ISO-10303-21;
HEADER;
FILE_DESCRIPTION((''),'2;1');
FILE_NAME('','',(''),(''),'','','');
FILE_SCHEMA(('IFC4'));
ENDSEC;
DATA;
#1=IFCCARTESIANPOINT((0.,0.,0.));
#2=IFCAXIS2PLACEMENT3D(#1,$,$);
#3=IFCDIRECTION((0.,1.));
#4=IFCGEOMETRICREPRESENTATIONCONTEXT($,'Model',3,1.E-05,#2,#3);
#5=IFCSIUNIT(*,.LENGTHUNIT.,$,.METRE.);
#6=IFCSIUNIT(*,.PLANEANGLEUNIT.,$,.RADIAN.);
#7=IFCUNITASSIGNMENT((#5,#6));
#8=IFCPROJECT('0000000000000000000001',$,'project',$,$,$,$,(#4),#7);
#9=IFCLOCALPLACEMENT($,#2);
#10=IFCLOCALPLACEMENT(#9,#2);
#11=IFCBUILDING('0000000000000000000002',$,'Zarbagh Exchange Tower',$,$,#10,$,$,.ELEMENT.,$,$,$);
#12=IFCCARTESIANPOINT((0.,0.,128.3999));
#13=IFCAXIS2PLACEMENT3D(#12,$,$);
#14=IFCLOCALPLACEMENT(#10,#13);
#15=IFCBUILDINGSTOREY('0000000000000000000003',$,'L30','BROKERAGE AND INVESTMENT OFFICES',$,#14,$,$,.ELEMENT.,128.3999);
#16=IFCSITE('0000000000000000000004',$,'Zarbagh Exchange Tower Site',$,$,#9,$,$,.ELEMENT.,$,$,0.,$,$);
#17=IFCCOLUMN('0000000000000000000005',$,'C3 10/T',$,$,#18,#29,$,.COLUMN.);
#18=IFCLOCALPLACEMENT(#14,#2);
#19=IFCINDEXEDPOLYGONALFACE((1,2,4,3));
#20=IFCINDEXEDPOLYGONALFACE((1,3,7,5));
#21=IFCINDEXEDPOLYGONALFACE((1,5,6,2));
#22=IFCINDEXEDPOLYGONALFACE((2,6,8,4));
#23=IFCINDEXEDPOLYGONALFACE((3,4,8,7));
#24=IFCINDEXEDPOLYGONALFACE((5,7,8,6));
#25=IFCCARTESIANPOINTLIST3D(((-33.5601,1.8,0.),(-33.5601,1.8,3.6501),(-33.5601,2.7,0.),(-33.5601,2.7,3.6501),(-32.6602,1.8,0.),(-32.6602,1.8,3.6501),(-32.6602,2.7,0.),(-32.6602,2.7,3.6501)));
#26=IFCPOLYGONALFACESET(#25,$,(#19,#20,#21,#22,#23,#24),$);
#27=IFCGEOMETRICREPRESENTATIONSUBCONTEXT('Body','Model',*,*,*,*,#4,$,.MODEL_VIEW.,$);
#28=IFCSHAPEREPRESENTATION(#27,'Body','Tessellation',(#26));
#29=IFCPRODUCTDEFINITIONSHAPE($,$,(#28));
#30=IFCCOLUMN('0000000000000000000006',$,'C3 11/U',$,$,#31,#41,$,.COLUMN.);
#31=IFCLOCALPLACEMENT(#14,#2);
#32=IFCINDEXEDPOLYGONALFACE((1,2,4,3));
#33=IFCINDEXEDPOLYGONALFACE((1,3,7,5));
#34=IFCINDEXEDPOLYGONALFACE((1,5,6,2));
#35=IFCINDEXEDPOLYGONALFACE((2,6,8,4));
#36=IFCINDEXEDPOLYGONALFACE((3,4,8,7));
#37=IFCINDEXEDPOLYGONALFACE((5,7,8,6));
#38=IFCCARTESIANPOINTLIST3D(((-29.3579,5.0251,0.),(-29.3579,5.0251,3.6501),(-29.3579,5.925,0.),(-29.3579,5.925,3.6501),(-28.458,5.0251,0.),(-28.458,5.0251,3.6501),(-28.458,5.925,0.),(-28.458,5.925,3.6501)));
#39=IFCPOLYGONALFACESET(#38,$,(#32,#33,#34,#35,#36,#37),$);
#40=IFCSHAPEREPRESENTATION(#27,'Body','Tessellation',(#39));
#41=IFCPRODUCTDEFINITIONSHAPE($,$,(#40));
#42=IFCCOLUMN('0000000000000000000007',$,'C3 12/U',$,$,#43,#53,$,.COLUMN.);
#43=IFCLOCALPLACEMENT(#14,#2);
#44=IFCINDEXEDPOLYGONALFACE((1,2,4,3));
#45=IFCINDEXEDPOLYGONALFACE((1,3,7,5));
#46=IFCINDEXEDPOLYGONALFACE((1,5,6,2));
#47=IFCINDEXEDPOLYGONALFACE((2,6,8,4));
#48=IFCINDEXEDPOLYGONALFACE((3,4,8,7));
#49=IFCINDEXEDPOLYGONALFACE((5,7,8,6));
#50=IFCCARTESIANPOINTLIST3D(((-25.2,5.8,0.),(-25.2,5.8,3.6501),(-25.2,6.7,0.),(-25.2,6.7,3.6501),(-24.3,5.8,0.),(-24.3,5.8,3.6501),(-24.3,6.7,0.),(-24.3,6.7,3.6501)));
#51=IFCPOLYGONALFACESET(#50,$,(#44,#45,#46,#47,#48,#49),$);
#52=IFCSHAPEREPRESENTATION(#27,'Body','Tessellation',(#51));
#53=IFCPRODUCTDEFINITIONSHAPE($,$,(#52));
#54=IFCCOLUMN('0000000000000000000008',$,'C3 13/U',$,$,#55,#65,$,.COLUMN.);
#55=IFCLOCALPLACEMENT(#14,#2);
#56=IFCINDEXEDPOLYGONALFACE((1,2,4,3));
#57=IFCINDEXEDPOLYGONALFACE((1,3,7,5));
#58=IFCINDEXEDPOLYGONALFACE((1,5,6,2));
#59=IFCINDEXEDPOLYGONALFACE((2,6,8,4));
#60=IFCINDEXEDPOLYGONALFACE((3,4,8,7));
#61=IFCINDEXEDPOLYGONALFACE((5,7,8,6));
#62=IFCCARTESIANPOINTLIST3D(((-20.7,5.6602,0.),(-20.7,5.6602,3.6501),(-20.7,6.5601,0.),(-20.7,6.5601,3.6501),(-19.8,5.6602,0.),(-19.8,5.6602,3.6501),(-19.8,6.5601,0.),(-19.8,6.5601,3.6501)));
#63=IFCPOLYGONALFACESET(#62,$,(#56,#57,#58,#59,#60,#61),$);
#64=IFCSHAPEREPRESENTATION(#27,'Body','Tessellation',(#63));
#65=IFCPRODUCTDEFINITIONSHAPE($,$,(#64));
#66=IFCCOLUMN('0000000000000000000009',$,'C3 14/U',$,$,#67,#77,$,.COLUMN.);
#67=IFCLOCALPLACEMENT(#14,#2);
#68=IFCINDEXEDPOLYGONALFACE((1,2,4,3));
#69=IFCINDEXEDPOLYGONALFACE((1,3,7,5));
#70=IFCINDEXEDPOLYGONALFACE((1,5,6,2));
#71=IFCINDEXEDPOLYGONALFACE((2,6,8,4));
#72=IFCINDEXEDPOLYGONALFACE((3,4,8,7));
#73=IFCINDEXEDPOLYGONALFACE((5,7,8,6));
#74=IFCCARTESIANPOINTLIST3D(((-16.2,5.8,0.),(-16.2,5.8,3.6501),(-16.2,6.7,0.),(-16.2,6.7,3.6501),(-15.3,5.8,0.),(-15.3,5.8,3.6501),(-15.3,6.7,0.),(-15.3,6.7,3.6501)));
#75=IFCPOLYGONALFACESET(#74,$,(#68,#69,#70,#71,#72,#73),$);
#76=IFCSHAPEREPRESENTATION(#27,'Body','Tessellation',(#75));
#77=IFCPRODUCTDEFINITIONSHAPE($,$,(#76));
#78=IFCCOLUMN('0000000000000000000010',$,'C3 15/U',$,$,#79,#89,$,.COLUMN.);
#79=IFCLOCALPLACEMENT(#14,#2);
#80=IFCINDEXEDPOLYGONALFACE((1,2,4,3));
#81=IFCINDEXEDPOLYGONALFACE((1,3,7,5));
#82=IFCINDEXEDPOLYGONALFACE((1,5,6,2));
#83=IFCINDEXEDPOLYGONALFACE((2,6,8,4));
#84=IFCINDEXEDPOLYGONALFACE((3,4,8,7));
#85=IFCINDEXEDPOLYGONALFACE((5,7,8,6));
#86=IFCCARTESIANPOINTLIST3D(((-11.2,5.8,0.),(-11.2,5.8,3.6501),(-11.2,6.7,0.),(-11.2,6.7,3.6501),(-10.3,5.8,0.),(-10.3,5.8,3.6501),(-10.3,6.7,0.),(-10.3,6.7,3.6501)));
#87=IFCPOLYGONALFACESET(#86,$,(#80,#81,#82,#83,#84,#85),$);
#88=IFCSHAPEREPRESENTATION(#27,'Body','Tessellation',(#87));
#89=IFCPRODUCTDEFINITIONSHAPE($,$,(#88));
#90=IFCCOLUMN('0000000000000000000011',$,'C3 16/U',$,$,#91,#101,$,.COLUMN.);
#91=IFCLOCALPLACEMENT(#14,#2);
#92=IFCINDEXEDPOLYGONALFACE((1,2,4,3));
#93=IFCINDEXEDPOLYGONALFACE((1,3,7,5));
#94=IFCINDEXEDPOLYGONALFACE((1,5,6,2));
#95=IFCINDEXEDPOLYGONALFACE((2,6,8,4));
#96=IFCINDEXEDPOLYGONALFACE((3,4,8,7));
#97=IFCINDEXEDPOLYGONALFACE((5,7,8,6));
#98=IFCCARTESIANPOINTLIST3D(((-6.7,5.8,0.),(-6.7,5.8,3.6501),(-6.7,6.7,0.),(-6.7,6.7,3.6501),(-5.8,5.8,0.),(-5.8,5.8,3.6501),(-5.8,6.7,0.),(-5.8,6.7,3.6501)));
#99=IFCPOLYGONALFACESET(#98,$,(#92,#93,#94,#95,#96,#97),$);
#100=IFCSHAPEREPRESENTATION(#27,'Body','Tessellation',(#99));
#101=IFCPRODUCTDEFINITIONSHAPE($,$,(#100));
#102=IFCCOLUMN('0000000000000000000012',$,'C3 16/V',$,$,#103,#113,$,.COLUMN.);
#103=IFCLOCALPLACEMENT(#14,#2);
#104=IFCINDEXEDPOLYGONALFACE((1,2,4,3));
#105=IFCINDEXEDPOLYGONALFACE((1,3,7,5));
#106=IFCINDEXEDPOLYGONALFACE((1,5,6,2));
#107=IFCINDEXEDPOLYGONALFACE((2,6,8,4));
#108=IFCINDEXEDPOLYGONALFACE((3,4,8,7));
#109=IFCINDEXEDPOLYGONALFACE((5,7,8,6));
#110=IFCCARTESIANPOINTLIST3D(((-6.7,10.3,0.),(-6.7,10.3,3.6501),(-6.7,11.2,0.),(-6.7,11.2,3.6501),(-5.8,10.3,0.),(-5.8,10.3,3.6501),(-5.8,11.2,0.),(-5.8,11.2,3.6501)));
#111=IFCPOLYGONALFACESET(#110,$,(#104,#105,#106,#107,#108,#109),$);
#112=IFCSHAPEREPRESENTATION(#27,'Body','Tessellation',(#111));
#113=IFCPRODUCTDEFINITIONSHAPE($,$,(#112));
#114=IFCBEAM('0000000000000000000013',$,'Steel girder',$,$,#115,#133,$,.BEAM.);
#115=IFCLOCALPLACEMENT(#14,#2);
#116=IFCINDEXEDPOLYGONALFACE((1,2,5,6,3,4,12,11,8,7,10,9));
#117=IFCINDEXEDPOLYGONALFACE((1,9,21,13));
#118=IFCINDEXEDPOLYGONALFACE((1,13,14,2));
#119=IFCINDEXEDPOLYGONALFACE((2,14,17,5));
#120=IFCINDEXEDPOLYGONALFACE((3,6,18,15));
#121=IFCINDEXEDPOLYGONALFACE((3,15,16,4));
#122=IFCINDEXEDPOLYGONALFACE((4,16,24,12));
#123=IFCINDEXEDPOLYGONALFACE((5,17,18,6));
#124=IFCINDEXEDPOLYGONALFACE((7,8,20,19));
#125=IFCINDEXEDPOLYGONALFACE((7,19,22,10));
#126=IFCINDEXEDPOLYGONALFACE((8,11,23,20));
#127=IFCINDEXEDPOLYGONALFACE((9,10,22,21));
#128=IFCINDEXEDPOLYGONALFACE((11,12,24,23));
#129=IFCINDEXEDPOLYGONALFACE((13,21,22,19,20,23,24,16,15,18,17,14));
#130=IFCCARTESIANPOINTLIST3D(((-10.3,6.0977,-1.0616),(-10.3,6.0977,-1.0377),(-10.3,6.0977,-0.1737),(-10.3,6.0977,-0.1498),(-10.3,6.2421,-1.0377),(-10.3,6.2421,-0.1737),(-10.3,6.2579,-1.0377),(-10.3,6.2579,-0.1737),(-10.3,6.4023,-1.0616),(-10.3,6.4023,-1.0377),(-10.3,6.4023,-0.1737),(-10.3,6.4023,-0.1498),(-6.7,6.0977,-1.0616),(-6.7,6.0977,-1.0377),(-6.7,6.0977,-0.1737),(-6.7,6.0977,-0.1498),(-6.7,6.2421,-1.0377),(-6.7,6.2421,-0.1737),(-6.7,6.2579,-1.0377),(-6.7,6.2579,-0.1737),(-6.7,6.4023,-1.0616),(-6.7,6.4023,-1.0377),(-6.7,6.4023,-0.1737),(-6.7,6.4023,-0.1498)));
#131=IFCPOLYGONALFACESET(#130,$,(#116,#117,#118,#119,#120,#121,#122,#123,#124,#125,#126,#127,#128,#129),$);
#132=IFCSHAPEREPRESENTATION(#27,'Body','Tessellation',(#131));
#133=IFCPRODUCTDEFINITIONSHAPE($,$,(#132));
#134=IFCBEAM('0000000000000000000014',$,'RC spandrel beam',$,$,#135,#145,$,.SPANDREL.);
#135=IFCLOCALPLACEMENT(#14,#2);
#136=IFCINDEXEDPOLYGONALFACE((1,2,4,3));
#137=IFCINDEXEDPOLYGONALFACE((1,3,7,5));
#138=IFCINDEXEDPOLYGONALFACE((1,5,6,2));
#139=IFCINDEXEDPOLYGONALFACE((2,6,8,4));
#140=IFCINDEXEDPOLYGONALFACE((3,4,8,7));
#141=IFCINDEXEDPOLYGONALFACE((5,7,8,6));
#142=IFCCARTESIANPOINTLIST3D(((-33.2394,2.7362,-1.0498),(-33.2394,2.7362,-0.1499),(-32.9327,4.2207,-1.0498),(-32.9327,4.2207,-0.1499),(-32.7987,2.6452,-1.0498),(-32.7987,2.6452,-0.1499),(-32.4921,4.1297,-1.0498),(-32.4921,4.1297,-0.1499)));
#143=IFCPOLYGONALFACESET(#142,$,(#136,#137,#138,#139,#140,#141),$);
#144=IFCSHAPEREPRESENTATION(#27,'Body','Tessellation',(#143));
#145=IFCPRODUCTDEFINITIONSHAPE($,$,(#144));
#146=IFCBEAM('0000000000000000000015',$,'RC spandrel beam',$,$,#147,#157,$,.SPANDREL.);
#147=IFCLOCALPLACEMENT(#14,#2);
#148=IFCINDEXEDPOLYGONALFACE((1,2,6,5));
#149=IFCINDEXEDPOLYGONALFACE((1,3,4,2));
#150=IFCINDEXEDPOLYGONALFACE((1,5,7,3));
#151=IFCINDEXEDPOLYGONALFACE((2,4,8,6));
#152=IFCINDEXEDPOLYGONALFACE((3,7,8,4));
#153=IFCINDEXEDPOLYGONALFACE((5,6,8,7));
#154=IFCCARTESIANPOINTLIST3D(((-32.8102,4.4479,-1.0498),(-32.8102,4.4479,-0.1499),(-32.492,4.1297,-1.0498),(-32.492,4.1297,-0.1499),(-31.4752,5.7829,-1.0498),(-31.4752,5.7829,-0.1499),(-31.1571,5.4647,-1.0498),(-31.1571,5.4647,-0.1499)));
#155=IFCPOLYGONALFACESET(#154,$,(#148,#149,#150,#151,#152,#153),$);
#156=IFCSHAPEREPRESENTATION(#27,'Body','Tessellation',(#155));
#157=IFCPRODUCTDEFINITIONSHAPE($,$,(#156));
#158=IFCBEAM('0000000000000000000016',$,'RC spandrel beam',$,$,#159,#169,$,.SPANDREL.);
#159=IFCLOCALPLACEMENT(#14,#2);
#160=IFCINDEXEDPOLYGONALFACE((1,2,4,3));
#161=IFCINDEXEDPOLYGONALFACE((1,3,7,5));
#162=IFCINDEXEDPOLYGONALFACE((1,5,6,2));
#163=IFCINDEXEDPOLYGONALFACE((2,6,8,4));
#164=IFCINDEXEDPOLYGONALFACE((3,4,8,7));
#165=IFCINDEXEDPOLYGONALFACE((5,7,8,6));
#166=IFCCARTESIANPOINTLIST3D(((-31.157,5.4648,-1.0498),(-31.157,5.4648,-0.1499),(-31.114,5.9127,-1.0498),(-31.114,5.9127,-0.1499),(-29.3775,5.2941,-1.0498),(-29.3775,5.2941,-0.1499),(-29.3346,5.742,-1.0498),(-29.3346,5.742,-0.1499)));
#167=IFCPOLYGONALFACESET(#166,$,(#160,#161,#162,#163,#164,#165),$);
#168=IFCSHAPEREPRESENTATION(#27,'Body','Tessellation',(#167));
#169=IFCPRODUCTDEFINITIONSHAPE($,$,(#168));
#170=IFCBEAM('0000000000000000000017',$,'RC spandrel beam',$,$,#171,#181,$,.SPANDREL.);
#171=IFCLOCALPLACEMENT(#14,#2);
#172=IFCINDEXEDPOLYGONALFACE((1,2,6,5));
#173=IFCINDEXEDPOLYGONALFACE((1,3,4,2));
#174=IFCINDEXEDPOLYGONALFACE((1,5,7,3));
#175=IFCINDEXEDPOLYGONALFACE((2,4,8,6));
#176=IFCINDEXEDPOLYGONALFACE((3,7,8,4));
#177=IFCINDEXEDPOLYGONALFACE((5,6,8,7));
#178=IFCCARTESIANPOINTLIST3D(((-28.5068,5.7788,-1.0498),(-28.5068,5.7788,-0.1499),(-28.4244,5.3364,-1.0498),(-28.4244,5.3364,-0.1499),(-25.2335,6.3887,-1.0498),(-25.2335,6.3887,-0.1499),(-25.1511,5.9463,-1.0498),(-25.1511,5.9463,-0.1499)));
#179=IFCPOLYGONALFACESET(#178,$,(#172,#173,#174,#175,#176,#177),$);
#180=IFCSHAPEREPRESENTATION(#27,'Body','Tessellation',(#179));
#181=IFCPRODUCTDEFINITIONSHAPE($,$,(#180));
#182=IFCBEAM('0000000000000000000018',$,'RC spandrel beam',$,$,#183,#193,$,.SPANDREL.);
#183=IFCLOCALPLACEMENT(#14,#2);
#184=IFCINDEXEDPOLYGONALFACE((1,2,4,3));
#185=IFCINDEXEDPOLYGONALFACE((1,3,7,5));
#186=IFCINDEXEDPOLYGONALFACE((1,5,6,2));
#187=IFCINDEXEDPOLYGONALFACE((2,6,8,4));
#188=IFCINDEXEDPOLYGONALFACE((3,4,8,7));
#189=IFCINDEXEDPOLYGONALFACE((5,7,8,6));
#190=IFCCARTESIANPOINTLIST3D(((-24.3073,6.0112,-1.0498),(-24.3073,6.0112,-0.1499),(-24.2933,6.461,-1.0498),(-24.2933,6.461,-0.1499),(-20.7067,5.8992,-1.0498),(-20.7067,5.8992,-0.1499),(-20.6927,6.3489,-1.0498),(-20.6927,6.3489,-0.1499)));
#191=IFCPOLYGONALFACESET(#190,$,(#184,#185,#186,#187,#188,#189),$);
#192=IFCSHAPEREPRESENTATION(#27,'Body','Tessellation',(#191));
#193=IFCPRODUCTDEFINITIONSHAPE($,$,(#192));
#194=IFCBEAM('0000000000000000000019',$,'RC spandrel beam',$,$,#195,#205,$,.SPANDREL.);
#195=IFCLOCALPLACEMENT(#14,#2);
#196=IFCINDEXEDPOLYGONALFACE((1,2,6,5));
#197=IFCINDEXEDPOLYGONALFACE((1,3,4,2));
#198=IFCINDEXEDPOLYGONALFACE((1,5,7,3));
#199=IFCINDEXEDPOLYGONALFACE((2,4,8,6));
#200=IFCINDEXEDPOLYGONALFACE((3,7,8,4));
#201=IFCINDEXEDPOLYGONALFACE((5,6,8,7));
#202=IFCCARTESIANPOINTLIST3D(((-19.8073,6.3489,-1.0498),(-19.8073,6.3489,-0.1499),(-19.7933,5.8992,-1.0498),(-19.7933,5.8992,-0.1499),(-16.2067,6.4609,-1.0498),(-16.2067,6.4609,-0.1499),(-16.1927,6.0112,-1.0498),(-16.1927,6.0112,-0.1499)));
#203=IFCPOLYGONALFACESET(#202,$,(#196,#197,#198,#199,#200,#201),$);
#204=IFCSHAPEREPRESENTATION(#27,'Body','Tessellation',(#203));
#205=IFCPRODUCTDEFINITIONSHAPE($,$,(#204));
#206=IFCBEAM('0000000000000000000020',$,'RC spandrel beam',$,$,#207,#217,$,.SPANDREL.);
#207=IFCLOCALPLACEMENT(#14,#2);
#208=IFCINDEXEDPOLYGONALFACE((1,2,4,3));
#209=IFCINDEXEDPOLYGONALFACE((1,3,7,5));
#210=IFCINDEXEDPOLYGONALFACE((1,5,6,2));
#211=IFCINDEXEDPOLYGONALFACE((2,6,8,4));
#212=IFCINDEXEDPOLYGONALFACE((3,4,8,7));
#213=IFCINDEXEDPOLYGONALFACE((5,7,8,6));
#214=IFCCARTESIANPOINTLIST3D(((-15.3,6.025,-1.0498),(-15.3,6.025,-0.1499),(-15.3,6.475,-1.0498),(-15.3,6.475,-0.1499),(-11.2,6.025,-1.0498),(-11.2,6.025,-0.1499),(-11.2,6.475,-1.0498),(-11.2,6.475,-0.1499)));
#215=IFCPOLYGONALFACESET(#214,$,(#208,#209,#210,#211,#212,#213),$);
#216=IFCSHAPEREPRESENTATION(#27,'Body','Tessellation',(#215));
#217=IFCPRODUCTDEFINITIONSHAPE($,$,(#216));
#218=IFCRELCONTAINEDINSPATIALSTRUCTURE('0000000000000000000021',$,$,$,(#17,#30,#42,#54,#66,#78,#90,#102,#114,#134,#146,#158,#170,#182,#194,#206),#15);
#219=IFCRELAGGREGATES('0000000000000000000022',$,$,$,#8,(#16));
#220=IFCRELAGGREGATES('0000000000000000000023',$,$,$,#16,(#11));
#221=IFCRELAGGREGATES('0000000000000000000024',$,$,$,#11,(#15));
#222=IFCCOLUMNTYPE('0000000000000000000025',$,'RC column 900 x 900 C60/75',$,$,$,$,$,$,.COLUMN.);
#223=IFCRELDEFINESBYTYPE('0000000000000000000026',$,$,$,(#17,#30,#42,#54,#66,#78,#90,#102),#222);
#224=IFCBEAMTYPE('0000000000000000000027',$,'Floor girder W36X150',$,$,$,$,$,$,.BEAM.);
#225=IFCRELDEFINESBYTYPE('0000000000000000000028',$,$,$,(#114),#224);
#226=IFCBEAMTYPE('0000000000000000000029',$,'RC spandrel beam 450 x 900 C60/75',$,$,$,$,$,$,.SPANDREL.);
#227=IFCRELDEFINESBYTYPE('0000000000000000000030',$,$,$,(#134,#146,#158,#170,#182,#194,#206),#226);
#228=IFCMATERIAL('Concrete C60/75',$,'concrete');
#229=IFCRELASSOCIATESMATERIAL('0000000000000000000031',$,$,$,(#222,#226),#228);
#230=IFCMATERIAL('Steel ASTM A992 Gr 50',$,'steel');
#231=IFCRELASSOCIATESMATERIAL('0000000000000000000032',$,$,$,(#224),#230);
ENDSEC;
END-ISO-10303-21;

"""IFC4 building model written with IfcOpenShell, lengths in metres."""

from ifc_helpers import new_model, si_unit, direction, frame, origin, origin_2d, place, context, subcontext, project, spatial, rectangle, i_section, extrude, material, material_profile, profile_set, type_object, element, save


model = new_model("IFC4")

# Units and contexts
model_context = context("Model", 3, precision=1e-05, world=origin(), true_north=direction((0.0, 1.0)))
body_context = subcontext(model_context, "Body", "Model", "MODEL_VIEW")
ifc_project = project(units=[si_unit("LENGTHUNIT", "METRE"), si_unit("PLANEANGLEUNIT", "RADIAN")], contexts=[model_context])

# Site, building, storey
site_placement = place(None, origin())
site = spatial("IfcSite", under=ifc_project, at=site_placement, Name="Zarbagh Exchange Tower Site", CompositionType="ELEMENT", RefElevation=0.0)
building_placement = place(site_placement, origin())
building = spatial("IfcBuilding", under=site, at=building_placement, Name="Zarbagh Exchange Tower", CompositionType="ELEMENT")
storey_placement = place(building_placement, frame((0.0, 0.0, 128.3999)))
storey = spatial("IfcBuildingStorey", under=building, at=storey_placement, Name="L30", Description="BROKERAGE AND INVESTMENT OFFICES", CompositionType="ELEMENT", Elevation=128.3999)

# Columns
ifc_material_1 = material(Name="Concrete C60/75", Category="concrete")
ifc_material_profile_1 = material_profile(ifc_material_1, rectangle(XDim=0.8999, YDim=0.8999, at=origin_2d()), Name="RC column 900 x 900 C60/75")
ifc_profile_set_1 = profile_set([ifc_material_profile_1], Name="Concrete C60/75")
column_type = type_object("IfcColumnType", Name="RC column 900 x 900 C60/75", PredefinedType="COLUMN", material=ifc_profile_set_1)
for number, where, z_axis, x_axis, name in (
    (1, (-33.1101, 2.25, 0.0), (0.0, 0.0, 1.0), (1.0, 0.0, 0.0), "C3 10/T"),
    (2, (-28.908, 5.4751, 0.0), (0.0, 0.0, 1.0), (1.0, 0.0, 0.0), "C3 11/U"),
    (3, (-24.75, 6.25, 0.0), (0.0, 0.0, 1.0), (1.0, 0.0, 0.0), "C3 12/U"),
    (4, (-20.25, 6.1101, 0.0), (0.0, 0.0, 1.0), (1.0, 0.0, 0.0), "C3 13/U"),
    (5, (-15.75, 6.25, 0.0), (0.0, 0.0, 1.0), (1.0, 0.0, 0.0), "C3 14/U"),
    (6, (-10.75, 6.25, 0.0), (0.0, 0.0, 1.0), (1.0, 0.0, 0.0), "C3 15/U"),
    (7, (-6.25, 6.25, 0.0), (0.0, 0.0, 1.0), (1.0, 0.0, 0.0), "C3 16/U"),
    (8, (-6.25, 10.75, 0.0), (0.0, 0.0, 1.0), (1.0, 0.0, 0.0), "C3 16/V"),
):
    element("IfcColumn", number, at=place(storey_placement, frame(where, z_axis=z_axis, x_axis=x_axis)), inside=storey, type_object=column_type, Name=name, PredefinedType="COLUMN", context=body_context, shape_type="SweptSolid", body=[
        extrude(rectangle(XDim=0.8999, YDim=0.8999, at=origin_2d()), origin(), (0.0, 0.0, 1.0), 3.6501),
    ])

# Beams
ifc_material_2 = material(Name="Steel ASTM A992 Gr 50", Category="steel")
ifc_material_profile_2 = material_profile(ifc_material_2, i_section(OverallWidth=0.3047, OverallDepth=0.9119, WebThickness=0.0159, FlangeThickness=0.0239, at=origin_2d()), Name="W36X150")
ifc_profile_set_2 = profile_set([ifc_material_profile_2], Name="Steel ASTM A992 Gr 50")
beam_type_1 = type_object("IfcBeamType", Name="Floor girder W36X150", PredefinedType="BEAM", material=ifc_profile_set_2)
beam_1_placement = place(storey_placement, frame((-10.3, 6.25, -0.6057), z_axis=(1.0, 0.0, 0.0), x_axis=(0.0, 1.0, 0.0)))
element("IfcBeam", 9, at=beam_1_placement, inside=storey, type_object=beam_type_1, Name="Steel girder", PredefinedType="BEAM", context=body_context, shape_type="SweptSolid", body=[
    extrude(i_section(OverallWidth=0.3047, OverallDepth=0.9119, WebThickness=0.0159, FlangeThickness=0.0239, at=origin_2d()), origin(), (0.0, 0.0, 1.0), 3.6001),
])
ifc_material_profile_3 = material_profile(ifc_material_1, rectangle(XDim=0.45, YDim=0.8999, at=origin_2d()), Name="RC spandrel beam 450 x 900 C60/75")
ifc_profile_set_3 = profile_set([ifc_material_profile_3], Name="Concrete C60/75")
beam_type_2 = type_object("IfcBeamType", Name="RC spandrel beam 450 x 900 C60/75", PredefinedType="SPANDREL", material=ifc_profile_set_3)
beam_2_placement = place(storey_placement, frame((-33.019, 2.6907, -0.5999), z_axis=(0.202275, 0.979329, 0.0), x_axis=(-0.979329, 0.202275, 0.0)))
element("IfcBeam", 10, at=beam_2_placement, inside=storey, type_object=beam_type_2, Name="RC spandrel beam", PredefinedType="SPANDREL", context=body_context, shape_type="SweptSolid", body=[
    extrude(rectangle(XDim=0.45, YDim=0.8999, at=origin_2d()), origin(), (0.0, 0.0, 1.0), 1.5159),
])
beam_3_placement = place(storey_placement, frame((-32.6511, 4.2888, -0.5999), z_axis=(0.707107, 0.707107, 0.0), x_axis=(-0.707107, 0.707107, 0.0)))
element("IfcBeam", 11, at=beam_3_placement, inside=storey, type_object=beam_type_2, Name="RC spandrel beam", PredefinedType="SPANDREL", context=body_context, shape_type="SweptSolid", body=[
    extrude(rectangle(XDim=0.45, YDim=0.8999, at=origin_2d()), origin(), (0.0, 0.0, 1.0), 1.8879),
])
beam_4_placement = place(storey_placement, frame((-31.1355, 5.6887, -0.5999), z_axis=(0.995433, -0.09546, 0.0), x_axis=(0.09546, 0.995433, 0.0)))
element("IfcBeam", 12, at=beam_4_placement, inside=storey, type_object=beam_type_2, Name="RC spandrel beam", PredefinedType="SPANDREL", context=body_context, shape_type="SweptSolid", body=[
    extrude(rectangle(XDim=0.45, YDim=0.8999, at=origin_2d()), origin(), (0.0, 0.0, 1.0), 1.7876),
])
beam_5_placement = place(storey_placement, frame((-28.4656, 5.5576, -0.5999), z_axis=(0.983082, 0.183168, 0.0), x_axis=(-0.183168, 0.983082, 0.0)))
element("IfcBeam", 13, at=beam_5_placement, inside=storey, type_object=beam_type_2, Name="RC spandrel beam", PredefinedType="SPANDREL", context=body_context, shape_type="SweptSolid", body=[
    extrude(rectangle(XDim=0.45, YDim=0.8999, at=origin_2d()), origin(), (0.0, 0.0, 1.0), 3.3296),
])
for number, where, z_axis, x_axis, name in (
    (14, (-24.3003, 6.2361, -0.5999), (0.999516, -0.031108, 0.0), (0.031108, 0.999516, 0.0), "RC spandrel beam"),
    (15, (-19.8003, 6.124, -0.5999), (0.999516, 0.031108, 0.0), (-0.031108, 0.999516, 0.0), "RC spandrel beam"),
):
    element("IfcBeam", number, at=place(storey_placement, frame(where, z_axis=z_axis, x_axis=x_axis)), inside=storey, type_object=beam_type_2, Name=name, PredefinedType="SPANDREL", context=body_context, shape_type="SweptSolid", body=[
        extrude(rectangle(XDim=0.45, YDim=0.8999, at=origin_2d()), origin(), (0.0, 0.0, 1.0), 3.6023),
    ])
beam_6_placement = place(storey_placement, frame((-15.3, 6.25, -0.5999), z_axis=(1.0, 0.0, 0.0), x_axis=(0.0, 1.0, 0.0)))
element("IfcBeam", 16, at=beam_6_placement, inside=storey, type_object=beam_type_2, Name="RC spandrel beam", PredefinedType="SPANDREL", context=body_context, shape_type="SweptSolid", body=[
    extrude(rectangle(XDim=0.45, YDim=0.8999, at=origin_2d()), origin(), (0.0, 0.0, 1.0), 4.1001),
])

save(model, "model.ifc")
